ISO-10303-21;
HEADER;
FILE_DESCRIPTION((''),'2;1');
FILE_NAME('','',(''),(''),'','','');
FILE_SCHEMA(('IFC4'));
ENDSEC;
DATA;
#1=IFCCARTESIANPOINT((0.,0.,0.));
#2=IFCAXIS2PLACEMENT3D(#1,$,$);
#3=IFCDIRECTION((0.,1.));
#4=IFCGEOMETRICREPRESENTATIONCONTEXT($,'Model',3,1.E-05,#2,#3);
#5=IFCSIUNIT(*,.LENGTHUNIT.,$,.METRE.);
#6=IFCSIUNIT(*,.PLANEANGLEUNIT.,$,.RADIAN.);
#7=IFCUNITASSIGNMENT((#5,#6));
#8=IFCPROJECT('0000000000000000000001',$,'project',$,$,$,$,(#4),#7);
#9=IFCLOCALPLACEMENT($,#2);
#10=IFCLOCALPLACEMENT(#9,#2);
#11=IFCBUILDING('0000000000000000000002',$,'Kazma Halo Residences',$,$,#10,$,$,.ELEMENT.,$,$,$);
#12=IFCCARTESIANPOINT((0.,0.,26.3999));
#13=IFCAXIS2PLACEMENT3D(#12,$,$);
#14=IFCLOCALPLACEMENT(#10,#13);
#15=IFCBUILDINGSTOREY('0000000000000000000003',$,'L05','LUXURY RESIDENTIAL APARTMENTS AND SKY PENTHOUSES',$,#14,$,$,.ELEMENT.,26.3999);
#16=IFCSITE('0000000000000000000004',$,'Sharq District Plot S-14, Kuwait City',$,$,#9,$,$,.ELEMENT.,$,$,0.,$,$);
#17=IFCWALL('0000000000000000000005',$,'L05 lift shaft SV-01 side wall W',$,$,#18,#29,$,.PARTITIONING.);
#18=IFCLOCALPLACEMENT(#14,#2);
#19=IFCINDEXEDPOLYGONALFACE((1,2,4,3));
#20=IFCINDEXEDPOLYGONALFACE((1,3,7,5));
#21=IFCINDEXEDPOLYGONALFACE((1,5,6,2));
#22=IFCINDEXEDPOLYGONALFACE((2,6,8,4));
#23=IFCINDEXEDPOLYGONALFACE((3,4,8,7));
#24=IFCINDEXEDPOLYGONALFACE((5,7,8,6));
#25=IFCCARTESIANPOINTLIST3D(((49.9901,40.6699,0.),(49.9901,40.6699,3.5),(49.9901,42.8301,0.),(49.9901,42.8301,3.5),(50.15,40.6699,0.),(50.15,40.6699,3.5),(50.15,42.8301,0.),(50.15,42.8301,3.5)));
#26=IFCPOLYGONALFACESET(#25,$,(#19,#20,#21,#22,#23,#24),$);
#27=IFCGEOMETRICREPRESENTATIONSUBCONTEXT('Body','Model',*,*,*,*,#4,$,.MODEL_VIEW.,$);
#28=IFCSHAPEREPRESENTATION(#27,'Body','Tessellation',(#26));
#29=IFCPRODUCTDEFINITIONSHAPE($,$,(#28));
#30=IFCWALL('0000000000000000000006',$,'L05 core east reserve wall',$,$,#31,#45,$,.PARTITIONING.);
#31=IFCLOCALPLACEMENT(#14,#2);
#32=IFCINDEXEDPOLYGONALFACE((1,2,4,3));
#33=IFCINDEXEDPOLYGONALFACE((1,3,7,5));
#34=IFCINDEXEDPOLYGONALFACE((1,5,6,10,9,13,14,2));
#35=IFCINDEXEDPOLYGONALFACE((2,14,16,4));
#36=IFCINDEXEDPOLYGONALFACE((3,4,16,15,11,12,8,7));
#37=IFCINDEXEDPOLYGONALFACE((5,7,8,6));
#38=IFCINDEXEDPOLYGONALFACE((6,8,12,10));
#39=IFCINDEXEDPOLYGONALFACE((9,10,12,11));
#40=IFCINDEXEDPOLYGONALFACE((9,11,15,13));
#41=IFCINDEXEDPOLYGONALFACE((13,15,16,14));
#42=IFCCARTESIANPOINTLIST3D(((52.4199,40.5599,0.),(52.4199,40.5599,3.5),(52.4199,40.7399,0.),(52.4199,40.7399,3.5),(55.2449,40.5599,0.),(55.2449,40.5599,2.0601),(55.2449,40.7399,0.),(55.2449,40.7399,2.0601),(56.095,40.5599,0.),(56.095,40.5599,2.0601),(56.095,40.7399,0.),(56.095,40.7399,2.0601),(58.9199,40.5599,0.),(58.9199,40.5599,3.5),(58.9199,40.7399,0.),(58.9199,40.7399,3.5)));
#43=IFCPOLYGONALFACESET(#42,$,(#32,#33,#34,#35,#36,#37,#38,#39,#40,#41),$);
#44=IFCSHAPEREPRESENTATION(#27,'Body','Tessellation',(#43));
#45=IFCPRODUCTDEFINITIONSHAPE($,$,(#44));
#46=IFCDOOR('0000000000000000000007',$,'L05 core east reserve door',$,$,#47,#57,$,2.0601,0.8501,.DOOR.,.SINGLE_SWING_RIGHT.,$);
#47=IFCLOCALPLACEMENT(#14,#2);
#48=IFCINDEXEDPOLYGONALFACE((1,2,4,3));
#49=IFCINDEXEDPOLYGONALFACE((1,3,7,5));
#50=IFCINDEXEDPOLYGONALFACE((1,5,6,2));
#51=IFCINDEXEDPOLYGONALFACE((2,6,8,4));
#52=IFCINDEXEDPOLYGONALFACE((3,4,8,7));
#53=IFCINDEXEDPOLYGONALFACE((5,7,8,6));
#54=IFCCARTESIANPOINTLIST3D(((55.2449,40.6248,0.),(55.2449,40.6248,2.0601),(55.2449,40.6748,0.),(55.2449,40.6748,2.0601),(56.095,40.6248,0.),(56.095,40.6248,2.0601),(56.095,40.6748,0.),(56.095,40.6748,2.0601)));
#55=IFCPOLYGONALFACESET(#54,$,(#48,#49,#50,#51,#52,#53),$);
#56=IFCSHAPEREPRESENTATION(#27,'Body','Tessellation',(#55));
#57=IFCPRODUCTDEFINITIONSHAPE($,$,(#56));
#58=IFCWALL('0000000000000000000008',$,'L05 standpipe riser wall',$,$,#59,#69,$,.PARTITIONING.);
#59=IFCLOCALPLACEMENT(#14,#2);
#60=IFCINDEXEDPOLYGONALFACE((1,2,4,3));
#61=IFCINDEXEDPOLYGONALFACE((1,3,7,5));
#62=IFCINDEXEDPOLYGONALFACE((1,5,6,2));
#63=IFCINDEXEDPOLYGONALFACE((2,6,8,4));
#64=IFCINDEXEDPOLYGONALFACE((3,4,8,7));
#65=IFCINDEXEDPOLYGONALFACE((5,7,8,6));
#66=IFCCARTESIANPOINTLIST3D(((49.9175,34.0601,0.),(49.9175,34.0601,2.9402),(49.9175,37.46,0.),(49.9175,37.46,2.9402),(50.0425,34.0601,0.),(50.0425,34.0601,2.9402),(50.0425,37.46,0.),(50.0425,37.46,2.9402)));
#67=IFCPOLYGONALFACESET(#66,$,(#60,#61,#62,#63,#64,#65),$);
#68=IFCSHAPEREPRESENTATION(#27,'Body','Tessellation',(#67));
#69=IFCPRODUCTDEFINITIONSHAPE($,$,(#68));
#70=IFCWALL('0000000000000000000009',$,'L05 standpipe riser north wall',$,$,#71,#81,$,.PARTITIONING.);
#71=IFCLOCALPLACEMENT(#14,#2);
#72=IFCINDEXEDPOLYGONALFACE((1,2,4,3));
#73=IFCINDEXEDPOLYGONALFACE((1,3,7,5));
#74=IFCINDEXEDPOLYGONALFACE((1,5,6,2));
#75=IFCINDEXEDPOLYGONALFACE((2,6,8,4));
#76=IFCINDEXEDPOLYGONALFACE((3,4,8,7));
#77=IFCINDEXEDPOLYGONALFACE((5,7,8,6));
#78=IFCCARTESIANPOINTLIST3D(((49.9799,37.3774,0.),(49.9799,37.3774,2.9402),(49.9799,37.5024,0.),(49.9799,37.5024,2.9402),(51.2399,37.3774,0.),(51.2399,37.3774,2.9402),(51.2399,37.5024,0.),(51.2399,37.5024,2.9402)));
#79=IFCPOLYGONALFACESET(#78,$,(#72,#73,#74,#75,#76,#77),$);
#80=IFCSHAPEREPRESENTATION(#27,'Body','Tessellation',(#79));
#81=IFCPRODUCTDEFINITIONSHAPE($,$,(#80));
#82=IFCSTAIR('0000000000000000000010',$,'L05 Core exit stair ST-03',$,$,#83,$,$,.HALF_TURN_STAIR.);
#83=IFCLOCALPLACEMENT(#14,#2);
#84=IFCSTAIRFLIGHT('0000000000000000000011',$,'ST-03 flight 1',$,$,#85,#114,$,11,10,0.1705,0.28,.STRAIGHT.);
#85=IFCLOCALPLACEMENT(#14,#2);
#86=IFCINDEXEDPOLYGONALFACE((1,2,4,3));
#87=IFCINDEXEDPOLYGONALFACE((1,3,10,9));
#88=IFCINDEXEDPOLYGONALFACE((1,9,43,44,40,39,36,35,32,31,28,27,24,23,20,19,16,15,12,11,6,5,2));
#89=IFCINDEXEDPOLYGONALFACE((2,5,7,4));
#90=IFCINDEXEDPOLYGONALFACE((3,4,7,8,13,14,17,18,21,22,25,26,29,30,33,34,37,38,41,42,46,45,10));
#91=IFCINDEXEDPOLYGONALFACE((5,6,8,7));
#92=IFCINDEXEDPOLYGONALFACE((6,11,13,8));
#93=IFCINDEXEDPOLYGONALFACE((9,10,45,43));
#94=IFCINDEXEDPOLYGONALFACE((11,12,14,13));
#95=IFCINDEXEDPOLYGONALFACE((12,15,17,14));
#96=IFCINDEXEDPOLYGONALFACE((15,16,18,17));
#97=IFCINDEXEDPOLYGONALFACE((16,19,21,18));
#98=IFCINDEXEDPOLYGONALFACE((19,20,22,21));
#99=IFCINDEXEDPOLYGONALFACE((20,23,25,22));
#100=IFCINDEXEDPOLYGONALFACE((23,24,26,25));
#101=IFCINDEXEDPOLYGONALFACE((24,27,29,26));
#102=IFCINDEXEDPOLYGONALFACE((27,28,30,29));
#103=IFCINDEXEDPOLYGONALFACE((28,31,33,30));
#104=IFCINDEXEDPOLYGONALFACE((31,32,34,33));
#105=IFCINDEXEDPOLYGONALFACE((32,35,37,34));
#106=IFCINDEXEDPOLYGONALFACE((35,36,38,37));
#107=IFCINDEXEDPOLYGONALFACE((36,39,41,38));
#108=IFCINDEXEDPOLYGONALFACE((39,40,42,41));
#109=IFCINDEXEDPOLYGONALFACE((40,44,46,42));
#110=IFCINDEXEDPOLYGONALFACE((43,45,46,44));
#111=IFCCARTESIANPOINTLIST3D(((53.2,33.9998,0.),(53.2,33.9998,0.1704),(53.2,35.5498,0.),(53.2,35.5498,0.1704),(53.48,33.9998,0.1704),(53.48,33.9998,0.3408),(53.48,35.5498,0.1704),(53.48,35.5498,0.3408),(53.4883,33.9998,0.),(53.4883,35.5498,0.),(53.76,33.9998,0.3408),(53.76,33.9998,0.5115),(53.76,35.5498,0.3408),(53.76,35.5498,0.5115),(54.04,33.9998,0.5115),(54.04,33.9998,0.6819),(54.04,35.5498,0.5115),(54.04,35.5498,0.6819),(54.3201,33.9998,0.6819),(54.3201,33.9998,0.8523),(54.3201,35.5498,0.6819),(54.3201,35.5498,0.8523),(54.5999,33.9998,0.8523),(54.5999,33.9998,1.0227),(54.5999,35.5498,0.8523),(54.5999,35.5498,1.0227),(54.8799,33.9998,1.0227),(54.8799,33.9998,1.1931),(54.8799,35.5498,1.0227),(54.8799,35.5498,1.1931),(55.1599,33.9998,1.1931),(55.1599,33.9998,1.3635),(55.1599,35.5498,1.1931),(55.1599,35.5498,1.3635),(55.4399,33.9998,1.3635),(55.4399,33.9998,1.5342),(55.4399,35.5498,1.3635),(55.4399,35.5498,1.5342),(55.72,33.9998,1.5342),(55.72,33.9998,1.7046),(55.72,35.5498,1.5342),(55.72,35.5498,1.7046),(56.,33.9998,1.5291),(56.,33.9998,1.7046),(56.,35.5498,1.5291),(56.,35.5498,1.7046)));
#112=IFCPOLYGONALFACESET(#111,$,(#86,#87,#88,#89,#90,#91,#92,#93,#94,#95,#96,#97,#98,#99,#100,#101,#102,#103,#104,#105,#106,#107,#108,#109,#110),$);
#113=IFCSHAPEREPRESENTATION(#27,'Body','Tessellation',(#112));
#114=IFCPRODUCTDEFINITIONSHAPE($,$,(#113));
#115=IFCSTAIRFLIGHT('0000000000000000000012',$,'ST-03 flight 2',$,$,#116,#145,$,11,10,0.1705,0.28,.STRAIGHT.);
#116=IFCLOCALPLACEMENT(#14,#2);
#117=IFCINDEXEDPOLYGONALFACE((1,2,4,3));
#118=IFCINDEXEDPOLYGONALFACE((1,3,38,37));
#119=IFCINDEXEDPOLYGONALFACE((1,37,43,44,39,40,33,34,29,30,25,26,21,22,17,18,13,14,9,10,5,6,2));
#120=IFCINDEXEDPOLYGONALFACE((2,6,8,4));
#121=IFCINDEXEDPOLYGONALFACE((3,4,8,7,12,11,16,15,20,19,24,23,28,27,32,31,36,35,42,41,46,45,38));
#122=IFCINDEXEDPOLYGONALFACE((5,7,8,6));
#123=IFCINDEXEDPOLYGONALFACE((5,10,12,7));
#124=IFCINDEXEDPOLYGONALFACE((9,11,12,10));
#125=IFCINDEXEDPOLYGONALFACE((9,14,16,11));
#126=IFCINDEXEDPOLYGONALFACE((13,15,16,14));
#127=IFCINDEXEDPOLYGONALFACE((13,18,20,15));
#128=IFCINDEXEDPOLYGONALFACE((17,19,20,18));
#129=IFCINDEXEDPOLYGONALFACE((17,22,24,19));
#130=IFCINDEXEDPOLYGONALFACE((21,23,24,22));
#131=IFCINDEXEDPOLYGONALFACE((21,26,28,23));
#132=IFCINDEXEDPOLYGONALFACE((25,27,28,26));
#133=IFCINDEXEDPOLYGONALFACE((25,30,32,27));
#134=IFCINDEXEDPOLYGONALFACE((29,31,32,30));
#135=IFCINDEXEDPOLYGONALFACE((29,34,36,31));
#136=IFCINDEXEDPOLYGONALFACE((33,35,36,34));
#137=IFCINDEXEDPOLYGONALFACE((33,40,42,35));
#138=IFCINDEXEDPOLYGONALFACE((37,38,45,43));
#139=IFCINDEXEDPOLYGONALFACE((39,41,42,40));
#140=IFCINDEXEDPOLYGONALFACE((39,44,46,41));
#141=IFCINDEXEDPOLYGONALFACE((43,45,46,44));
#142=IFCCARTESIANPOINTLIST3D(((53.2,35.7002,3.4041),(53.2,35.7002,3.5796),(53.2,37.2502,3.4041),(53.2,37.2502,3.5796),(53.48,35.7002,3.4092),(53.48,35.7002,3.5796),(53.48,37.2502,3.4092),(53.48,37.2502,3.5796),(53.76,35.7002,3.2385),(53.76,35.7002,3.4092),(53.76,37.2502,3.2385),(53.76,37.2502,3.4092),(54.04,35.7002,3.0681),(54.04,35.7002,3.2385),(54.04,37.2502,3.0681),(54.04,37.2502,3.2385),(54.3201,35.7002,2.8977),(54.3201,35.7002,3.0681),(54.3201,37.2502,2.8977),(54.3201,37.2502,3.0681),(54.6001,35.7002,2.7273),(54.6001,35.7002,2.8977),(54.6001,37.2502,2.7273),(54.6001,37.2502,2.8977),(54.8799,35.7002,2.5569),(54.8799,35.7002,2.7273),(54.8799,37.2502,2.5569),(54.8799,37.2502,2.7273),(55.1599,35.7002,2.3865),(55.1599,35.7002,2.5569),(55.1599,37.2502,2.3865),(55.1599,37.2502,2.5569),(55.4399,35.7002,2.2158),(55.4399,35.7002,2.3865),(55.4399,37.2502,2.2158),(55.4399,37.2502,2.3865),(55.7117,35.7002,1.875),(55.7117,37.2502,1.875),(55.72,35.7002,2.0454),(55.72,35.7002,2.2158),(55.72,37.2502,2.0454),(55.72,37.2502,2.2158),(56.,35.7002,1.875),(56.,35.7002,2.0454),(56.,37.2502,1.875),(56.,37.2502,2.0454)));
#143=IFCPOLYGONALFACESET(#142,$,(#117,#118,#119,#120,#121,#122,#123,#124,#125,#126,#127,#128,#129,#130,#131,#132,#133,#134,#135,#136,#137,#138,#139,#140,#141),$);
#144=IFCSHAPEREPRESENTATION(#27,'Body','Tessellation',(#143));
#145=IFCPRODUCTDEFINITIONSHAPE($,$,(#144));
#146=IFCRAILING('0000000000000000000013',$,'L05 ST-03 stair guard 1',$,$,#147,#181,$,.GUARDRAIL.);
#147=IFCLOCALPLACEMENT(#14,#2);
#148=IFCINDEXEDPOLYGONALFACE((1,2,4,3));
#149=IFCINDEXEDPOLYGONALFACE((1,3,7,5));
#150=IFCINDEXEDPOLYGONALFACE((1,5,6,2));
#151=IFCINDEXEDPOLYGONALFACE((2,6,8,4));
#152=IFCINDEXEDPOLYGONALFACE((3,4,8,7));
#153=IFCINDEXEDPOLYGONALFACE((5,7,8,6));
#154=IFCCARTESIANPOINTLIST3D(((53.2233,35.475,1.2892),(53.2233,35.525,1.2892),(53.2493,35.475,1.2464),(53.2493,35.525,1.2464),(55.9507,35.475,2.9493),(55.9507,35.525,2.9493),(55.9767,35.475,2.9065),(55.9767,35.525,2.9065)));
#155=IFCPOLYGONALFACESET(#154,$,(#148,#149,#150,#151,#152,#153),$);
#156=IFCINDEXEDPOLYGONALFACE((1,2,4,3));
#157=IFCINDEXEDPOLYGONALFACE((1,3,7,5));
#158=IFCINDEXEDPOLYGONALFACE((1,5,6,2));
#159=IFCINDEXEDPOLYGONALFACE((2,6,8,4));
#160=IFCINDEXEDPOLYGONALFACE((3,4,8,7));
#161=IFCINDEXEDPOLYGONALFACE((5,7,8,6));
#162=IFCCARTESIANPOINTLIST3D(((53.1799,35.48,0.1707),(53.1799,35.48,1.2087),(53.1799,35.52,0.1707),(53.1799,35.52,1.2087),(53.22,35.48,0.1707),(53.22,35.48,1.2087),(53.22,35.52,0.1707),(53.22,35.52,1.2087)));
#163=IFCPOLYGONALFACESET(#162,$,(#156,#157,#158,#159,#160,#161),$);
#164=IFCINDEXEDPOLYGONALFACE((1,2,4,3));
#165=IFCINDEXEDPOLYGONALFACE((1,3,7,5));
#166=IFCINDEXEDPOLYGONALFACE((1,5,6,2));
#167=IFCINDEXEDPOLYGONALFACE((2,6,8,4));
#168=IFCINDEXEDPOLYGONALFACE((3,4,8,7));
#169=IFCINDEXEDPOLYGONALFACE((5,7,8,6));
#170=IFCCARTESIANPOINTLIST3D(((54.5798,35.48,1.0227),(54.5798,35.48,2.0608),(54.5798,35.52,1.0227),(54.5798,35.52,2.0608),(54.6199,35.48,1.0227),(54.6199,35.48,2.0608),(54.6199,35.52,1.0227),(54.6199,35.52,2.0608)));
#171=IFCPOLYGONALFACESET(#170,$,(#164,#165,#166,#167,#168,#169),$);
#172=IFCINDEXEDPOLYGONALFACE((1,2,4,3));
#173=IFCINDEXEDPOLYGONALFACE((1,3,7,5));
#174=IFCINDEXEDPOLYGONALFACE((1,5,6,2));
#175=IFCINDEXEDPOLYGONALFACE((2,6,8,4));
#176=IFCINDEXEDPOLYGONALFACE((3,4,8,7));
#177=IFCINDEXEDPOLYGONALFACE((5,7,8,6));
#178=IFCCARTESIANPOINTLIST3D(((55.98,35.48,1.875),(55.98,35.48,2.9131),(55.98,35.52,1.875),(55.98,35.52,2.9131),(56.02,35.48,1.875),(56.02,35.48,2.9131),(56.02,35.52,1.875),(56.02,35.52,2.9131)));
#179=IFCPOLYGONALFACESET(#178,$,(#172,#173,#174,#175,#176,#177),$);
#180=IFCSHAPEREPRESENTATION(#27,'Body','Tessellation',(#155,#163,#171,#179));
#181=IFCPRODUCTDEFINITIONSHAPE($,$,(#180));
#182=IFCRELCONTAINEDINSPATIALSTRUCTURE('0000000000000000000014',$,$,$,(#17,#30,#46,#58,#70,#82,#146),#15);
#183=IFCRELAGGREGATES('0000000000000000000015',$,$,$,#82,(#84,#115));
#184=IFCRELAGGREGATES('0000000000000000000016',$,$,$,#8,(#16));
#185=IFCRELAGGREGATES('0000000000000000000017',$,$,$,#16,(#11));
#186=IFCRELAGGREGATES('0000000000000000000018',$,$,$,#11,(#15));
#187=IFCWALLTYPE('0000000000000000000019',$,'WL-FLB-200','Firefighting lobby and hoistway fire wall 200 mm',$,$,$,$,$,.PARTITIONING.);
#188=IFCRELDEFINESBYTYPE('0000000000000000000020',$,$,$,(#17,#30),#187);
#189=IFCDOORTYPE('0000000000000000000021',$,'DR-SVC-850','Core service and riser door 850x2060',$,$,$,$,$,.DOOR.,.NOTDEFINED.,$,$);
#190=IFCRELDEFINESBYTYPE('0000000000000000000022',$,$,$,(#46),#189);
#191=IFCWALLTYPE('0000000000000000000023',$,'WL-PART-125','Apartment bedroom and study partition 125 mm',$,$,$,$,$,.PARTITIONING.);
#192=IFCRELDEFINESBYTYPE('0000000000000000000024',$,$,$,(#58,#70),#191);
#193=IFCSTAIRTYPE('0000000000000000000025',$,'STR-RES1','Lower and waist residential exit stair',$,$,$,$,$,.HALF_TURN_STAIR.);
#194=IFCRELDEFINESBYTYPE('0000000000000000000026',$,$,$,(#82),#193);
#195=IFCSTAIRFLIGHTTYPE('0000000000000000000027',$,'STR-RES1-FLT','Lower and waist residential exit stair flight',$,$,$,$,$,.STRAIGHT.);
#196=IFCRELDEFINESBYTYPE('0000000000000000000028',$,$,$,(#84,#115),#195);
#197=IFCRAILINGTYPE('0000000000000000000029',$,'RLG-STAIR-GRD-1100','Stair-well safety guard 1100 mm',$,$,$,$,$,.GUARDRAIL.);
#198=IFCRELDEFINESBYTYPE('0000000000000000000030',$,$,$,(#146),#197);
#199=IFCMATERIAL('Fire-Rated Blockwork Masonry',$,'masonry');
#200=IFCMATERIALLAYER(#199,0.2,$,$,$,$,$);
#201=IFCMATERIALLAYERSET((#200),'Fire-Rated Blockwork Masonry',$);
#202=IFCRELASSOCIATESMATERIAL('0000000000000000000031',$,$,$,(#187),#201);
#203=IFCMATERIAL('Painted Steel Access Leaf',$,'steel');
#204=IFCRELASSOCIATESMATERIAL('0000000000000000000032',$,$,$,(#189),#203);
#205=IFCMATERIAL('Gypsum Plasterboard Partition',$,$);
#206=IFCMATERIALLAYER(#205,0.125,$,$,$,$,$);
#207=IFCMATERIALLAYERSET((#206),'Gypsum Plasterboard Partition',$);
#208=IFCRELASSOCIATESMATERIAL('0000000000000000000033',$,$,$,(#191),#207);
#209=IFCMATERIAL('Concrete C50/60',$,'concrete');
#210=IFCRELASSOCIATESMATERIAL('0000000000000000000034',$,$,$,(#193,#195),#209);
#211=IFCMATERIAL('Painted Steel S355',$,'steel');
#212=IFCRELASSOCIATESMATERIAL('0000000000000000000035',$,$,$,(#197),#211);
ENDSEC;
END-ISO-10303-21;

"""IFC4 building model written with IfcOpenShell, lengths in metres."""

from ifc_helpers import new_model, si_unit, direction, frame, frame_2d, origin, origin_2d, place, context, subcontext, project, spatial, polyline, rectangle, outline, extrude, material, layer, layer_set, type_object, element, fill, aggregate, save


model = new_model("IFC4")

# Units and contexts
model_context = context("Model", 3, precision=1e-05, world=origin(), true_north=direction((0.0, 1.0)))
body_context = subcontext(model_context, "Body", "Model", "MODEL_VIEW")
ifc_project = project(units=[si_unit("LENGTHUNIT", "METRE"), si_unit("PLANEANGLEUNIT", "RADIAN")], contexts=[model_context])

# Site, building, storey
site_placement = place(None, origin())
site = spatial("IfcSite", under=ifc_project, at=site_placement, Name="Sharq District Plot S-14, Kuwait City", CompositionType="ELEMENT", RefElevation=0.0)
building_placement = place(site_placement, origin())
building = spatial("IfcBuilding", under=site, at=building_placement, Name="Kazma Halo Residences", CompositionType="ELEMENT")
storey_placement = place(building_placement, frame((0.0, 0.0, 26.3999)))
storey = spatial("IfcBuildingStorey", under=building, at=storey_placement, Name="L05", Description="LUXURY RESIDENTIAL APARTMENTS AND SKY PENTHOUSES", CompositionType="ELEMENT", Elevation=26.3999)

# Shared definitions
ifc_material_1 = material(Name="Fire-Rated Blockwork Masonry", Category="masonry")
ifc_layer_1 = layer(ifc_material_1, 0.2)
ifc_layer_set_1 = layer_set([ifc_layer_1], Name="Fire-Rated Blockwork Masonry")
wall_type_1 = type_object("IfcWallType", Name="WL-FLB-200", Description="Firefighting lobby and hoistway fire wall 200 mm", PredefinedType="PARTITIONING", material=ifc_layer_set_1)

# Wall
for number, where, z_axis, x_axis, name in (
    (1, (50.0701, 40.6699, 0.0), (0.0, 0.0, 1.0), (0.0, 1.0, 0.0), "L05 lift shaft SV-01 side wall W"),
):
    element("IfcWall", number, at=place(storey_placement, frame(where, z_axis=z_axis, x_axis=x_axis)), inside=storey, type_object=wall_type_1, Name=name, PredefinedType="PARTITIONING", context=body_context, shape_type="SweptSolid", body=[
        extrude(rectangle(XDim=2.1602, YDim=0.1599, at=frame_2d((1.0801, 0.0))), origin(), (0.0, 0.0, 1.0), 3.5),
    ])

# Wall, opening, door
wall_1_placement = place(storey_placement, frame((52.4199, 40.6499, 0.0), z_axis=(0.0, 0.0, 1.0), x_axis=(1.0, 0.0, 0.0)))
wall_1 = element("IfcWall", 2, at=wall_1_placement, inside=storey, type_object=wall_type_1, Name="L05 core east reserve wall", PredefinedType="PARTITIONING", context=body_context, shape_type="SweptSolid", body=[
    extrude(rectangle(XDim=6.5, YDim=0.1799, at=frame_2d((3.25, 0.0))), origin(), (0.0, 0.0, 1.0), 3.5),
])
opening_1_placement = place(wall_1_placement, frame((2.825, 0.0, 0.0)))
opening_1 = element("IfcOpeningElement", 3, at=opening_1_placement, cuts=wall_1, PredefinedType="OPENING", context=body_context, shape_type="SweptSolid", body=[
    extrude(rectangle(XDim=0.8501, YDim=2.0601, at=frame_2d((0.425, 1.03))), frame((0.0, 0.0999, 0.0), z_axis=(0.0, -1.0, 0.0), x_axis=(1.0, 0.0, 0.0)), (0.0, 0.0, 1.0), 0.2),
])
ifc_material_2 = material(Name="Painted Steel Access Leaf", Category="steel")
door_type_1 = type_object("IfcDoorType", Name="DR-SVC-850", Description="Core service and riser door 850x2060", OperationType="NOTDEFINED", PredefinedType="DOOR", material=ifc_material_2)
door_1_placement = place(opening_1_placement, origin())
door_1 = element("IfcDoor", 4, at=door_1_placement, inside=storey, type_object=door_type_1, Name="L05 core east reserve door", OperationType="SINGLE_SWING_RIGHT", OverallHeight=2.0601, OverallWidth=0.8501, PredefinedType="DOOR", context=body_context, shape_type="SweptSolid", body=[
    extrude(rectangle(XDim=0.8501, YDim=2.0601, at=frame_2d((0.425, 1.03))), frame((0.0, 0.0249, 0.0), z_axis=(0.0, -1.0, 0.0), x_axis=(1.0, 0.0, 0.0)), (0.0, 0.0, 1.0), 0.05),
])
fill(opening_1, door_1)

# Walls
ifc_material_3 = material(Name="Gypsum Plasterboard Partition")
ifc_layer_2 = layer(ifc_material_3, 0.125)
ifc_layer_set_2 = layer_set([ifc_layer_2], Name="Gypsum Plasterboard Partition")
wall_type_2 = type_object("IfcWallType", Name="WL-PART-125", Description="Apartment bedroom and study partition 125 mm", PredefinedType="PARTITIONING", material=ifc_layer_set_2)
wall_2_placement = place(storey_placement, frame((49.98, 34.0601, 0.0), z_axis=(0.0, 0.0, 1.0), x_axis=(0.0, 1.0, 0.0)))
element("IfcWall", 5, at=wall_2_placement, inside=storey, type_object=wall_type_2, Name="L05 standpipe riser wall", PredefinedType="PARTITIONING", context=body_context, shape_type="SweptSolid", body=[
    extrude(rectangle(XDim=3.3999, YDim=0.125, at=frame_2d((1.7, 0.0))), origin(), (0.0, 0.0, 1.0), 2.9402),
])
wall_3_placement = place(storey_placement, frame((49.98, 37.4399, 0.0), z_axis=(0.0, 0.0, 1.0), x_axis=(1.0, 0.0, 0.0)))
element("IfcWall", 6, at=wall_3_placement, inside=storey, type_object=wall_type_2, Name="L05 standpipe riser north wall", PredefinedType="PARTITIONING", context=body_context, shape_type="SweptSolid", body=[
    extrude(rectangle(XDim=1.26, YDim=0.125, at=frame_2d((0.6299, 0.0))), origin(), (0.0, 0.0, 1.0), 2.9402),
])

# Shared definitions
ifc_material_4 = material(Name="Concrete C50/60", Category="concrete")

# Stair, stair flights
stair_type = type_object("IfcStairType", Name="STR-RES1", Description="Lower and waist residential exit stair", PredefinedType="HALF_TURN_STAIR", material=ifc_material_4)
stair_placement = place(storey_placement, origin())
stair = element("IfcStair", 7, at=stair_placement, inside=storey, type_object=stair_type, Name="L05 Core exit stair ST-03", PredefinedType="HALF_TURN_STAIR")
stair_flight_type = type_object("IfcStairFlightType", Name="STR-RES1-FLT", Description="Lower and waist residential exit stair flight", PredefinedType="STRAIGHT", material=ifc_material_4)
stair_flight_1_placement = place(storey_placement, frame((53.2, 34.7749, 0.0), z_axis=(0.0, 0.0, 1.0), x_axis=(1.0, 0.0, 0.0)))
stair_flight_1 = element("IfcStairFlight", 8, at=stair_flight_1_placement, type_object=stair_flight_type, Name="ST-03 flight 1", NumberOfRisers=11, NumberOfTreads=10, PredefinedType="STRAIGHT", RiserHeight=0.1705, TreadLength=0.28, context=body_context, shape_type="SweptSolid", body=[
    extrude(outline(polyline([(0.0, 0.0), (0.0, 0.1704), (0.28, 0.1704), (0.28, 0.3408), (0.5601, 0.3408), (0.5601, 0.5115), (0.8401, 0.5115), (0.8401, 0.6819), (1.1201, 0.6819), (1.1201, 0.8523), (1.3999, 0.8523), (1.3999, 1.0227), (1.6799, 1.0227), (1.6799, 1.1931), (1.96, 1.1931), (1.96, 1.3635), (2.24, 1.3635), (2.24, 1.5342), (2.52, 1.5342), (2.52, 1.7046), (2.8, 1.7046), (2.8, 1.875), (2.8, 1.5291), (0.2883, 0.0), (0.0, 0.0)])), frame((0.0, 0.7749, 0.0), z_axis=(0.0, -1.0, 0.0), x_axis=(1.0, 0.0, 0.0)), (0.0, 0.0, 1.0), 1.55),
])
stair_flight_2_placement = place(storey_placement, frame((56.0, 36.4751, 1.875), z_axis=(0.0, 0.0, 1.0), x_axis=(-1.0, 0.0, 0.0)))
stair_flight_2 = element("IfcStairFlight", 9, at=stair_flight_2_placement, type_object=stair_flight_type, Name="ST-03 flight 2", NumberOfRisers=11, NumberOfTreads=10, PredefinedType="STRAIGHT", RiserHeight=0.1705, TreadLength=0.28, context=body_context, shape_type="SweptSolid", body=[
    extrude(outline(polyline([(0.0, 0.0), (0.0, 0.1704), (0.28, 0.1704), (0.28, 0.3408), (0.5601, 0.3408), (0.5601, 0.5115), (0.8401, 0.5115), (0.8401, 0.6819), (1.1201, 0.6819), (1.1201, 0.8523), (1.3999, 0.8523), (1.3999, 1.0227), (1.6799, 1.0227), (1.6799, 1.1931), (1.96, 1.1931), (1.96, 1.3635), (2.24, 1.3635), (2.24, 1.5342), (2.52, 1.5342), (2.52, 1.7046), (2.8, 1.7046), (2.8, 1.875), (2.8, 1.5291), (0.2883, 0.0), (0.0, 0.0)])), frame((0.0, 0.7749, 0.0), z_axis=(0.0, -1.0, 0.0), x_axis=(1.0, 0.0, 0.0)), (0.0, 0.0, 1.0), 1.55),
])
aggregate(stair, [stair_flight_1, stair_flight_2])

# Railing
ifc_material_5 = material(Name="Painted Steel S355", Category="steel")
railing_type_1 = type_object("IfcRailingType", Name="RLG-STAIR-GRD-1100", Description="Stair-well safety guard 1100 mm", PredefinedType="GUARDRAIL", material=ifc_material_5)
railing_1_placement = place(storey_placement, frame((53.2, 35.5, 0.1707)))
element("IfcRailing", 10, at=railing_1_placement, inside=storey, type_object=railing_type_1, Name="L05 ST-03 stair guard 1", PredefinedType="GUARDRAIL", context=body_context, shape_type="SweptSolid", body=[
    extrude(rectangle(XDim=0.05, YDim=0.05, at=origin_2d()), frame((0.0364, 0.0, 1.0972), z_axis=(0.854203, 0.0, 0.51994), x_axis=(0.0, 1.0, 0.0)), (0.0, 0.0, 1.0), 3.1929),
    extrude(rectangle(XDim=0.04, YDim=0.04, at=origin_2d()), origin(), (0.0, 0.0, 1.0), 1.0381),
    extrude(rectangle(XDim=0.04, YDim=0.04, at=origin_2d()), frame((1.3999, 0.0, 0.8521)), (0.0, 0.0, 1.0), 1.0381),
    extrude(rectangle(XDim=0.04, YDim=0.04, at=origin_2d()), frame((2.8, 0.0, 1.7043)), (0.0, 0.0, 1.0), 1.0381),
])

save(model, "model.ifc")
